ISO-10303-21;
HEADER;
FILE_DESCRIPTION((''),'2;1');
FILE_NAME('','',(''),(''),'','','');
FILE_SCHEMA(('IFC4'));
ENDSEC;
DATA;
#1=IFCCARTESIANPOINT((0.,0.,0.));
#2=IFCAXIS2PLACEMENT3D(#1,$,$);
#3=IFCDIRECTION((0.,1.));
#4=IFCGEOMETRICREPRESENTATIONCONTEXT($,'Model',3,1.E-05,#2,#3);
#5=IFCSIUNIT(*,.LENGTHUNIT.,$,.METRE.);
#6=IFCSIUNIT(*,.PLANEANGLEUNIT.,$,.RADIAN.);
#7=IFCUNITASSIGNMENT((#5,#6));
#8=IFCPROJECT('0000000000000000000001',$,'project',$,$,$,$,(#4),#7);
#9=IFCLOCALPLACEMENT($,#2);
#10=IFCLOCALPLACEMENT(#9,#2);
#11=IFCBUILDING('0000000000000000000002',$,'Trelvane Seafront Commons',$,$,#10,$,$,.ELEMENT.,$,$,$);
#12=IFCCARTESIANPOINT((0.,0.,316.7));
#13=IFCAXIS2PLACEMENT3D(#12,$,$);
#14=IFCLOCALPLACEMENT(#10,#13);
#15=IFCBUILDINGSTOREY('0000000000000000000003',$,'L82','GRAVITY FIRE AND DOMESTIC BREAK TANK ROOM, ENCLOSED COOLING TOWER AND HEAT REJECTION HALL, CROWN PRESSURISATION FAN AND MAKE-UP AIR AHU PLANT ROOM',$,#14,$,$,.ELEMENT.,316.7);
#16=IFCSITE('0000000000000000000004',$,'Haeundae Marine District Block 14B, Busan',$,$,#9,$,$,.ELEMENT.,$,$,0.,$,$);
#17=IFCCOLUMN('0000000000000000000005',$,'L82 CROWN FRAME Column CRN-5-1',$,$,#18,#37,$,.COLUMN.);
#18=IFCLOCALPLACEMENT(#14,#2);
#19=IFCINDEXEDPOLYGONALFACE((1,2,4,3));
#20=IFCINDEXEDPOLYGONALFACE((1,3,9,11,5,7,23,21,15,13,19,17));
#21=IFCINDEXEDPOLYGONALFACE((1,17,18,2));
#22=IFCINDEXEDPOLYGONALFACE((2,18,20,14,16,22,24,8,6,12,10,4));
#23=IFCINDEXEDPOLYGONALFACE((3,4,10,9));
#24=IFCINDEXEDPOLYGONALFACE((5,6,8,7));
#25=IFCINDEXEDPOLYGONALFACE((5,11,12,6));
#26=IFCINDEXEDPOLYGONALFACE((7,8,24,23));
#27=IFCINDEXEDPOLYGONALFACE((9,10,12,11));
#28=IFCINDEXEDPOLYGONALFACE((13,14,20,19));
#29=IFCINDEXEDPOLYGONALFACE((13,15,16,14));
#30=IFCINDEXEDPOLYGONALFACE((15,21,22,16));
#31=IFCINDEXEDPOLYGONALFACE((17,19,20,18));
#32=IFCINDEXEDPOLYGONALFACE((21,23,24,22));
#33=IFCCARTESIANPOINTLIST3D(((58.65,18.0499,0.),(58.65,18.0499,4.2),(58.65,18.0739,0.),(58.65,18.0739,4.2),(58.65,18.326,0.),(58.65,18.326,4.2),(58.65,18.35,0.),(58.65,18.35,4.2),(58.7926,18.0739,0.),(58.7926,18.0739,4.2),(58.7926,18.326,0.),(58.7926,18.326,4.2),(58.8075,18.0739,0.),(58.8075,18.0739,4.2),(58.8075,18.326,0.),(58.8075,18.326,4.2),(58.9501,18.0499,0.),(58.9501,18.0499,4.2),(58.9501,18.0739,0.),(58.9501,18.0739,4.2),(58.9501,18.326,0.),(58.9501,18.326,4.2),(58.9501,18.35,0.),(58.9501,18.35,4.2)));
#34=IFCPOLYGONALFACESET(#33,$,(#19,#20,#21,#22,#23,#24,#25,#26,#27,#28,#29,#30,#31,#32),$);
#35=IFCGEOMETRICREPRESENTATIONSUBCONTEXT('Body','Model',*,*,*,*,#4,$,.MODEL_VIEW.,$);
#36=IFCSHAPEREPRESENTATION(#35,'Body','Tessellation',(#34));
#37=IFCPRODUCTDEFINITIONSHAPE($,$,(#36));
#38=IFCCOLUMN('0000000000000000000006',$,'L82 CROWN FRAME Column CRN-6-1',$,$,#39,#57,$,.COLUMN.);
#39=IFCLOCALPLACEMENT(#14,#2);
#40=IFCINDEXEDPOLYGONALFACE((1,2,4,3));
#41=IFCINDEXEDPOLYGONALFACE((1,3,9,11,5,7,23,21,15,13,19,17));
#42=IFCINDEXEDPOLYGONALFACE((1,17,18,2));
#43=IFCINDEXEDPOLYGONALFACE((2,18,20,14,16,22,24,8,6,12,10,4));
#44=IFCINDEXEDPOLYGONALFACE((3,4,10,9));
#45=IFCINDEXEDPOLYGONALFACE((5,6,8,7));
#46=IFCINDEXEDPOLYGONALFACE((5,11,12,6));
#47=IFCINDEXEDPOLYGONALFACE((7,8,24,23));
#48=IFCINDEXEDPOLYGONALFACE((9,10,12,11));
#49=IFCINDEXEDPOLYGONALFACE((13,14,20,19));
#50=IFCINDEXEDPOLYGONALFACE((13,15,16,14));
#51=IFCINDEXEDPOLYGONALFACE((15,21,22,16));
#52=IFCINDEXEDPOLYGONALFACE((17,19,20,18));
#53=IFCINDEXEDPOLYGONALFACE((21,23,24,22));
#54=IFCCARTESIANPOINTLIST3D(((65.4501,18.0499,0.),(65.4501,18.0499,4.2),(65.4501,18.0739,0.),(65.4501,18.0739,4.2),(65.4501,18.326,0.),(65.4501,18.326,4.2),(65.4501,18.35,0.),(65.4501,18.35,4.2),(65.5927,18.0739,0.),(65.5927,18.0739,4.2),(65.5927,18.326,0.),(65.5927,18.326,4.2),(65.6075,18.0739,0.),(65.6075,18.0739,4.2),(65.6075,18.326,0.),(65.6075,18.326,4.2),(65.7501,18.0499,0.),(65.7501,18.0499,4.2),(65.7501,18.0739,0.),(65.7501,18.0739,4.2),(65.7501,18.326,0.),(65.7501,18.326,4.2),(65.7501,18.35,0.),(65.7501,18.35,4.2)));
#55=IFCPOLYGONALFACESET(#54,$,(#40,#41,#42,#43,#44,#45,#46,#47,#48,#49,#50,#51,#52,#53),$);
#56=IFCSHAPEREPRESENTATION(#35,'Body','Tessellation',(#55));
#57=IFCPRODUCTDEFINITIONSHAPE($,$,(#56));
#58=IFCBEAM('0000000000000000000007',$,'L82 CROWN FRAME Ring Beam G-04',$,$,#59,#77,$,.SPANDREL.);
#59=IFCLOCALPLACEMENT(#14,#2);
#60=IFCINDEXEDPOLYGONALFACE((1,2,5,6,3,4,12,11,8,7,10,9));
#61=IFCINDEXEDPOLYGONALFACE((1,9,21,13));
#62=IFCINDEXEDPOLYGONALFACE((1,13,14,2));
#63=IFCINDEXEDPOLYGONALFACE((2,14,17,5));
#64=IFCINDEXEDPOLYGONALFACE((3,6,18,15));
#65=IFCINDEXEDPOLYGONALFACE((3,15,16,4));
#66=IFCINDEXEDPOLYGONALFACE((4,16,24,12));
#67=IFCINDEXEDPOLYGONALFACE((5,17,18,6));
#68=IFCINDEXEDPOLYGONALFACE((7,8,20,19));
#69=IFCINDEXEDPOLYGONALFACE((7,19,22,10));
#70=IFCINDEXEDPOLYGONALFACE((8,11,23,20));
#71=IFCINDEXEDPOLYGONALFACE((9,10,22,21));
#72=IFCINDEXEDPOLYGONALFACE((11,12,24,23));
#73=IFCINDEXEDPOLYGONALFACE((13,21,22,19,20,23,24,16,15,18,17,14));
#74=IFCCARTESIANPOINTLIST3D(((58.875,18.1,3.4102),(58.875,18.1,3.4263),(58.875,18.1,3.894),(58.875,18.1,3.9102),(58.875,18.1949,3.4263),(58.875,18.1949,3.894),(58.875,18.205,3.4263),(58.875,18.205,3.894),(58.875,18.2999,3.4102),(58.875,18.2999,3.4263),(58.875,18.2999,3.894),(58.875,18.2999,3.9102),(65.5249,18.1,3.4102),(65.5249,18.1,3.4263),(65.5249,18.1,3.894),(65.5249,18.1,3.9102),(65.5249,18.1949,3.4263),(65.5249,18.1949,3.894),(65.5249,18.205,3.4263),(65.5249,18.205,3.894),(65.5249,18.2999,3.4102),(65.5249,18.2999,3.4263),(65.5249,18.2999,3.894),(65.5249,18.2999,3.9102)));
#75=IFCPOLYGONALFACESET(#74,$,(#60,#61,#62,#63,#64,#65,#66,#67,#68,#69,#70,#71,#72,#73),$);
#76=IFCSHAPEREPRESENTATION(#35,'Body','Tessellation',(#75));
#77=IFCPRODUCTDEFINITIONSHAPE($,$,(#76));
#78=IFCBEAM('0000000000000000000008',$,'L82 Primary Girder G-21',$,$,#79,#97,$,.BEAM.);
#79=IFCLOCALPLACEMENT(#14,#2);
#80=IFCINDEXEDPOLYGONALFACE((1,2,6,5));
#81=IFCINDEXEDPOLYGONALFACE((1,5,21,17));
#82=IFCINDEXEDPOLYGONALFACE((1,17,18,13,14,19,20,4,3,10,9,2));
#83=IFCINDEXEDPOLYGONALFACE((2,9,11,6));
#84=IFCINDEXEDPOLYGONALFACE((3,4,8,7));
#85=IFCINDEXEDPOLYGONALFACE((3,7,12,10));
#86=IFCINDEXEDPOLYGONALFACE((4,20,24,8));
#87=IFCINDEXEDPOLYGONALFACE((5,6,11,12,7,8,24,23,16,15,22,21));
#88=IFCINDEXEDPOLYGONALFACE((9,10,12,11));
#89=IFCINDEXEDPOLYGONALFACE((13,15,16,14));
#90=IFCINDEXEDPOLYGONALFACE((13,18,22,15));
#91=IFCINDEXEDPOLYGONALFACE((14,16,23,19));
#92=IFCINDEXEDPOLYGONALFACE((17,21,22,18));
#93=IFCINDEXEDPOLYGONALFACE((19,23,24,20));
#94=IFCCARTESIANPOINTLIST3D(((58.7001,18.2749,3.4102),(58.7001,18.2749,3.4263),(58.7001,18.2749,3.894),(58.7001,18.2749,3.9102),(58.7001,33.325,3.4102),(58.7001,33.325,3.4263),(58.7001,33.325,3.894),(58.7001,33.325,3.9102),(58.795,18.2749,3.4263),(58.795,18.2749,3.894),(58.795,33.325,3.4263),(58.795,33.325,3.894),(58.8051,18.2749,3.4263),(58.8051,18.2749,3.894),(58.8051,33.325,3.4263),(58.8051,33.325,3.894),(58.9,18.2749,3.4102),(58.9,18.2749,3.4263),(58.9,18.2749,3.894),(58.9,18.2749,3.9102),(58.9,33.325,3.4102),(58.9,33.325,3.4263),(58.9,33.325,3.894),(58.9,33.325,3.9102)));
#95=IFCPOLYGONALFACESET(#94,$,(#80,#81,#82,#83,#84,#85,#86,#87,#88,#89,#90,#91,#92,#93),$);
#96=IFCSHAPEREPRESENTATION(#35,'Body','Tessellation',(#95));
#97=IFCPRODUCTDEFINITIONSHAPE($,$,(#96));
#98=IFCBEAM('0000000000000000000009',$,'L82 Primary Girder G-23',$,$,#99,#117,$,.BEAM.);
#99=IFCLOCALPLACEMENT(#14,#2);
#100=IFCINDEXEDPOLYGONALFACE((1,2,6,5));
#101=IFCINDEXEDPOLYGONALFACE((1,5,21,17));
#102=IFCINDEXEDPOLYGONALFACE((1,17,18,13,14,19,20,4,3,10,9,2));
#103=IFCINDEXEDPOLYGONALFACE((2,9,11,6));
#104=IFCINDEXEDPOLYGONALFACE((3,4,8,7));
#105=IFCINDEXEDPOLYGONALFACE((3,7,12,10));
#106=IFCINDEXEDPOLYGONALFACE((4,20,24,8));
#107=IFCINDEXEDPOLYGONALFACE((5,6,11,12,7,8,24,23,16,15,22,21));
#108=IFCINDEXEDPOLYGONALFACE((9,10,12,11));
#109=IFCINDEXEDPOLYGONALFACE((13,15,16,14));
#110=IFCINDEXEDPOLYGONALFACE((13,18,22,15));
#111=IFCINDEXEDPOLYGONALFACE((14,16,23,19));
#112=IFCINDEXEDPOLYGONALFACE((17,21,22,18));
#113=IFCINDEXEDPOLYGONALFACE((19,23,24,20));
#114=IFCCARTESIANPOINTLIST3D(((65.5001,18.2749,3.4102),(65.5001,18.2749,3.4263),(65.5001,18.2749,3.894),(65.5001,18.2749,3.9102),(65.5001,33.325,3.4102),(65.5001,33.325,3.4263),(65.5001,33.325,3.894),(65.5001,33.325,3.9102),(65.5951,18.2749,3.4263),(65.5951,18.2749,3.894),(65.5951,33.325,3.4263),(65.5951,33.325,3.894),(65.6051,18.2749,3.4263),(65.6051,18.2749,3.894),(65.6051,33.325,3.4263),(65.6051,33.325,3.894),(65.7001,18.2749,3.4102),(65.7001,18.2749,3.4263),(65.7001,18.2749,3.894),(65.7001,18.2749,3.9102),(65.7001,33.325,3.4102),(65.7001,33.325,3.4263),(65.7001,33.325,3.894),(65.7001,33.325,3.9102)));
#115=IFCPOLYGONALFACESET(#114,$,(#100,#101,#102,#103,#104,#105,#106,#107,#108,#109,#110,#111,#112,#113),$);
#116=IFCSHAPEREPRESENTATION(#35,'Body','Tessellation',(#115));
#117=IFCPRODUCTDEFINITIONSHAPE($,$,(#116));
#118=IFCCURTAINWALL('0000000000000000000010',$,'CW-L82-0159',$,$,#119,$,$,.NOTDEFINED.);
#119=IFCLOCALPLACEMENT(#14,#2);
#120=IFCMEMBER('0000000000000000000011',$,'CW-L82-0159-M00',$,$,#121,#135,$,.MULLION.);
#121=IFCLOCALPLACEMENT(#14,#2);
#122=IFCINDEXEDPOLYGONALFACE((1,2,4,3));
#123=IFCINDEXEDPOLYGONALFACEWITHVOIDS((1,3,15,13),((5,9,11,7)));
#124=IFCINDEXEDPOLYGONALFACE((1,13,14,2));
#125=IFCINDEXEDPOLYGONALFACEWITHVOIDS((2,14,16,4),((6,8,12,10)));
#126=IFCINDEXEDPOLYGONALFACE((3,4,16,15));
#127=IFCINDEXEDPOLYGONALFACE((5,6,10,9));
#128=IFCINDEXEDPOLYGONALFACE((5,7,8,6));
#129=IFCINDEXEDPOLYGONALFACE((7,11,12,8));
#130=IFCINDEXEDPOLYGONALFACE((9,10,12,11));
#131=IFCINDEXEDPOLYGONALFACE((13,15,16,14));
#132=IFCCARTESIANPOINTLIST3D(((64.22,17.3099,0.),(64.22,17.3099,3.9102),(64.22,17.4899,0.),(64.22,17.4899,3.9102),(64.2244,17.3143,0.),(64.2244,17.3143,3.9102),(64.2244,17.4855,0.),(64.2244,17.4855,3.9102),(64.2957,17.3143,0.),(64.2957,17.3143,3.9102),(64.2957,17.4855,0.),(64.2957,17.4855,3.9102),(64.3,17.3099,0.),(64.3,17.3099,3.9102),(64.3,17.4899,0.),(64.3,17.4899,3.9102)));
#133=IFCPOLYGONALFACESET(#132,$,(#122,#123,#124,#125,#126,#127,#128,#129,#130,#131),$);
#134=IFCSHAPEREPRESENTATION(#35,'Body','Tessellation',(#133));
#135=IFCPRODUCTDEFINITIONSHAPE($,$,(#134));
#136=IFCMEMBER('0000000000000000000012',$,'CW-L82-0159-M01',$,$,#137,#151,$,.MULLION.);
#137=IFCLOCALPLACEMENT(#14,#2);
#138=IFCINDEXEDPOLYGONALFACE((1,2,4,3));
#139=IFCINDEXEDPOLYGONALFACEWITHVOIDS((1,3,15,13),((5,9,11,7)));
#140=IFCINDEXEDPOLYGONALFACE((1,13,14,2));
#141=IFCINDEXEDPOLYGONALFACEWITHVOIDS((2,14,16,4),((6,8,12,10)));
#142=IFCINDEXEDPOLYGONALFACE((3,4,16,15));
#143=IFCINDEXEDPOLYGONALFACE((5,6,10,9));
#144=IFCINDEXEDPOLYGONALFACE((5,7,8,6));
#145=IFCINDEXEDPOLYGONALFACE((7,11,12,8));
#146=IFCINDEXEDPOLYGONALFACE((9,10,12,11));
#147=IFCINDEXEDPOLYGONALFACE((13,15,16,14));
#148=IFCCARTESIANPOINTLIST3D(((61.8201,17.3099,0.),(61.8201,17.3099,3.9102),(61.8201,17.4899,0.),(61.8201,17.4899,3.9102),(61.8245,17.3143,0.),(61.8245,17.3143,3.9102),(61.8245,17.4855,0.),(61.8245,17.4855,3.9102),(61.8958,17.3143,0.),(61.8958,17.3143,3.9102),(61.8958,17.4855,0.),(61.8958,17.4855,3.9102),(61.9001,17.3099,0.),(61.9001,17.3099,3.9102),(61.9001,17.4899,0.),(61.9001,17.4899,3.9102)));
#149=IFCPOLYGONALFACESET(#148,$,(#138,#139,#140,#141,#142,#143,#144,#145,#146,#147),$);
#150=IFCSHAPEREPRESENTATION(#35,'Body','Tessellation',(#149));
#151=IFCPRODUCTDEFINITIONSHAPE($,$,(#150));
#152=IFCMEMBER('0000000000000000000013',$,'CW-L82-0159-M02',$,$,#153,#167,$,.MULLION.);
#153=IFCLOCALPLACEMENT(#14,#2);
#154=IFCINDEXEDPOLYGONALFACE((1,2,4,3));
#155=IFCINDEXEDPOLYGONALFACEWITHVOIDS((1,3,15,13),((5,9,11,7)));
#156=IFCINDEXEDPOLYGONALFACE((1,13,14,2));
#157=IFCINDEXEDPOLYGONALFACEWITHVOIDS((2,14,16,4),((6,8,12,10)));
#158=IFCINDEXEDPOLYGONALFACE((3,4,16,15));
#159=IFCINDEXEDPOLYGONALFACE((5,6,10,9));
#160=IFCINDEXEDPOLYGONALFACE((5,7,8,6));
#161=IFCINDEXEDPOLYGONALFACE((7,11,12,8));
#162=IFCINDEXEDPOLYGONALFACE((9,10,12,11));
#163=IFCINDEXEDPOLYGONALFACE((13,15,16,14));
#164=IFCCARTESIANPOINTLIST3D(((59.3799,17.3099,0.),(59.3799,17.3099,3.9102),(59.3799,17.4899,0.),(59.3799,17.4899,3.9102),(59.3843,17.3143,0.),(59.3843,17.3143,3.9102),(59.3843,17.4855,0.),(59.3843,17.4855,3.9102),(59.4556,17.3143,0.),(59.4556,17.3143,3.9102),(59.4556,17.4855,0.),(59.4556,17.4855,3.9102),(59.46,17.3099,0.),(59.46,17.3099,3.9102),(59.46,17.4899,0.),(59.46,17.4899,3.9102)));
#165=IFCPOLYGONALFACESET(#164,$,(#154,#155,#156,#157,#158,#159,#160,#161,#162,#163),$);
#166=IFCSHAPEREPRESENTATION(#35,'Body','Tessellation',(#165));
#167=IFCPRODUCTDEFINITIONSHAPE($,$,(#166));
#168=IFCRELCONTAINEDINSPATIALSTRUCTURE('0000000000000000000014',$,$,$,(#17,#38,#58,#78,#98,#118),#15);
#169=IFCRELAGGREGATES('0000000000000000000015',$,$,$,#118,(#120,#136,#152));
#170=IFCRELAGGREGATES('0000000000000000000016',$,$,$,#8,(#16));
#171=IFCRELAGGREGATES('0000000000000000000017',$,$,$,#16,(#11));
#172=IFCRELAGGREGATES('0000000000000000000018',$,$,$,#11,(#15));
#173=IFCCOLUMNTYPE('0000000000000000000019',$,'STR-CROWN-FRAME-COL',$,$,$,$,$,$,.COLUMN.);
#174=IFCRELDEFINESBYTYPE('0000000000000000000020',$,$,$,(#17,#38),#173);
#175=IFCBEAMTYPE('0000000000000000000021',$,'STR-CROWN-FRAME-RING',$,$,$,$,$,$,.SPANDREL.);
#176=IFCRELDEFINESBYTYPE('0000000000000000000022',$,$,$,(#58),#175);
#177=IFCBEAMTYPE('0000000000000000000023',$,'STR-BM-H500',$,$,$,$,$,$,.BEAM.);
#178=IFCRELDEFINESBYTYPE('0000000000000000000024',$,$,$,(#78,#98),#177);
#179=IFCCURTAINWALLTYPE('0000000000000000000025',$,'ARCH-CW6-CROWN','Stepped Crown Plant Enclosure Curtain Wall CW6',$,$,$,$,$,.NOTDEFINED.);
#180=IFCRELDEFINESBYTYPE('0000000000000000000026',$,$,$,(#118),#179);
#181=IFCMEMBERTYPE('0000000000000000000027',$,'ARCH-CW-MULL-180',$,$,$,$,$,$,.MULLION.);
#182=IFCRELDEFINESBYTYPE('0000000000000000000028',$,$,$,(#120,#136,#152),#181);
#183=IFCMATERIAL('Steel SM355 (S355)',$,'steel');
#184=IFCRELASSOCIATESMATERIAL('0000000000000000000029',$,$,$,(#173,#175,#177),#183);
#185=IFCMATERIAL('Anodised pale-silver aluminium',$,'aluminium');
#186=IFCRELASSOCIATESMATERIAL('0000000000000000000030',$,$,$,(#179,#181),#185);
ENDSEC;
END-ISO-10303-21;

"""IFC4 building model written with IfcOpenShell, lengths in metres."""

from ifc_helpers import new_model, si_unit, direction, frame, origin, origin_2d, place, context, subcontext, project, spatial, hollow_rectangle, i_section, extrude, source, transform, mapped, material, material_profile, profile_set, type_object, element, aggregate, save


model = new_model("IFC4")

# Units and contexts
model_context = context("Model", 3, precision=1e-05, world=origin(), true_north=direction((0.0, 1.0)))
body_context = subcontext(model_context, "Body", "Model", "MODEL_VIEW")
ifc_project = project(units=[si_unit("LENGTHUNIT", "METRE"), si_unit("PLANEANGLEUNIT", "RADIAN")], contexts=[model_context])

# Site, building, storey
site_placement = place(None, origin())
site = spatial("IfcSite", under=ifc_project, at=site_placement, Name="Haeundae Marine District Block 14B, Busan", CompositionType="ELEMENT", RefElevation=0.0)
building_placement = place(site_placement, origin())
building = spatial("IfcBuilding", under=site, at=building_placement, Name="Trelvane Seafront Commons", CompositionType="ELEMENT")
storey_placement = place(building_placement, frame((0.0, 0.0, 316.7)))
storey = spatial("IfcBuildingStorey", under=building, at=storey_placement, Name="L82", Description="GRAVITY FIRE AND DOMESTIC BREAK TANK ROOM, ENCLOSED COOLING TOWER AND HEAT REJECTION HALL, CROWN PRESSURISATION FAN AND MAKE-UP AIR AHU PLANT ROOM", CompositionType="ELEMENT", Elevation=316.7)

# Columns
ifc_material_1 = material(Name="Steel SM355 (S355)", Category="steel")
ifc_material_profile_1 = material_profile(ifc_material_1, i_section(OverallWidth=0.3, OverallDepth=0.3, WebThickness=0.0149, FlangeThickness=0.0239, at=origin_2d()), Name="HD-300x300x15x24")
ifc_profile_set_1 = profile_set([ifc_material_profile_1], Name="Steel SM355 (S355)")
column_type = type_object("IfcColumnType", Name="STR-CROWN-FRAME-COL", PredefinedType="COLUMN", material=ifc_profile_set_1)
shared_shape_1 = source(origin(), body_context, "Body", "SweptSolid", [
    extrude(i_section(OverallWidth=0.3, OverallDepth=0.3, WebThickness=0.0149, FlangeThickness=0.0239, at=origin_2d()), origin(), (0.0, 0.0, 1.0), 4.2),
])
for number, where, z_axis, x_axis, name in (
    (1, (58.8, 18.2, 0.0), (0.0, 0.0, 1.0), (1.0, 0.0, 0.0), "L82 CROWN FRAME Column CRN-5-1"),
    (2, (65.6001, 18.2, 0.0), (0.0, 0.0, 1.0), (1.0, 0.0, 0.0), "L82 CROWN FRAME Column CRN-6-1"),
):
    element("IfcColumn", number, at=place(storey_placement, frame(where, z_axis=z_axis, x_axis=x_axis)), inside=storey, type_object=column_type, Name=name, PredefinedType="COLUMN", context=body_context, shape_type="MappedRepresentation", body=[
        mapped(shared_shape_1, transform((0.0, 0.0, 0.0), x_axis=(1.0, 0.0, 0.0), y_axis=(0.0, 1.0, 0.0), z_axis=(0.0, 0.0, 1.0), scale=1.0)),
    ])

# Beams
ifc_material_profile_2 = material_profile(ifc_material_1, i_section(OverallWidth=0.2, OverallDepth=0.5, WebThickness=0.01, FlangeThickness=0.0161, at=origin_2d()), Name="H-500x200x10x16")
ifc_profile_set_2 = profile_set([ifc_material_profile_2], Name="Steel SM355 (S355)")
beam_type_1 = type_object("IfcBeamType", Name="STR-CROWN-FRAME-RING", PredefinedType="SPANDREL", material=ifc_profile_set_2)
shared_shape_2 = source(origin(), body_context, "Body", "SweptSolid", [
    extrude(i_section(OverallWidth=0.2, OverallDepth=0.5, WebThickness=0.01, FlangeThickness=0.0161, at=origin_2d()), origin(), (0.0, 0.0, 1.0), 6.6499),
])
beam_placement = place(storey_placement, frame((58.875, 18.2, 3.6602), z_axis=(1.0, 0.0, 0.0), x_axis=(0.0, 1.0, 0.0)))
element("IfcBeam", 3, at=beam_placement, inside=storey, type_object=beam_type_1, Name="L82 CROWN FRAME Ring Beam G-04", PredefinedType="SPANDREL", context=body_context, shape_type="MappedRepresentation", body=[
    mapped(shared_shape_2, transform((0.0, 0.0, 0.0), x_axis=(1.0, 0.0, 0.0), y_axis=(0.0, 1.0, 0.0), z_axis=(0.0, 0.0, 1.0), scale=1.0)),
])
ifc_material_profile_3 = material_profile(ifc_material_1, i_section(OverallWidth=0.2, OverallDepth=0.5, WebThickness=0.01, FlangeThickness=0.0161, at=origin_2d()), Name="H-500x200x10x16")
ifc_profile_set_3 = profile_set([ifc_material_profile_3], Name="Steel SM355 (S355)")
beam_type_2 = type_object("IfcBeamType", Name="STR-BM-H500", PredefinedType="BEAM", material=ifc_profile_set_3)
shared_shape_3 = source(origin(), body_context, "Body", "SweptSolid", [
    extrude(i_section(OverallWidth=0.2, OverallDepth=0.5, WebThickness=0.01, FlangeThickness=0.0161, at=origin_2d()), origin(), (0.0, 0.0, 1.0), 15.05),
])
for number, where, z_axis, x_axis, name in (
    (4, (58.8, 18.2749, 3.6602), (0.0, 1.0, 0.0), (-1.0, 0.0, 0.0), "L82 Primary Girder G-21"),
    (5, (65.6001, 18.2749, 3.6602), (0.0, 1.0, 0.0), (-1.0, 0.0, 0.0), "L82 Primary Girder G-23"),
):
    element("IfcBeam", number, at=place(storey_placement, frame(where, z_axis=z_axis, x_axis=x_axis)), inside=storey, type_object=beam_type_2, Name=name, PredefinedType="BEAM", context=body_context, shape_type="MappedRepresentation", body=[
        mapped(shared_shape_3, transform((0.0, 0.0, 0.0), x_axis=(1.0, 0.0, 0.0), y_axis=(0.0, 1.0, 0.0), z_axis=(0.0, 0.0, 1.0), scale=1.0)),
    ])

# Curtain wall, members
ifc_material_2 = material(Name="Anodised pale-silver aluminium", Category="aluminium")
curtain_wall_type = type_object("IfcCurtainWallType", Name="ARCH-CW6-CROWN", Description="Stepped Crown Plant Enclosure Curtain Wall CW6", PredefinedType="NOTDEFINED", material=ifc_material_2)
curtain_wall_placement = place(storey_placement, origin())
curtain_wall = element("IfcCurtainWall", 6, at=curtain_wall_placement, inside=storey, type_object=curtain_wall_type, Name="CW-L82-0159", PredefinedType="NOTDEFINED")
ifc_material_profile_4 = material_profile(ifc_material_2, hollow_rectangle(XDim=0.0801, YDim=0.1799, WallThickness=0.0044, at=origin_2d()), Name="MULL-80x180x4.5")
ifc_profile_set_4 = profile_set([ifc_material_profile_4], Name="Anodised pale-silver aluminium")
member_type_1 = type_object("IfcMemberType", Name="ARCH-CW-MULL-180", PredefinedType="MULLION", material=ifc_profile_set_4)
shared_shape_4 = source(origin(), body_context, "Body", "SweptSolid", [
    extrude(hollow_rectangle(XDim=0.0801, YDim=0.1799, WallThickness=0.0044, at=origin_2d()), origin(), (0.0, 0.0, 1.0), 3.9102),
])
member_1_placement = place(storey_placement, frame((64.26, 17.3999, 0.0), z_axis=(0.0, 0.0, 1.0), x_axis=(1.0, 0.0, 0.0)))
member_1 = element("IfcMember", 7, at=member_1_placement, type_object=member_type_1, Name="CW-L82-0159-M00", PredefinedType="MULLION", context=body_context, shape_type="MappedRepresentation", body=[
    mapped(shared_shape_4, transform((0.0, 0.0, 0.0), x_axis=(1.0, 0.0, 0.0), y_axis=(0.0, 1.0, 0.0), z_axis=(0.0, 0.0, 1.0), scale=1.0)),
])
member_2_placement = place(storey_placement, frame((61.8601, 17.3999, 0.0), z_axis=(0.0, 0.0, 1.0), x_axis=(1.0, 0.0, 0.0)))
member_2 = element("IfcMember", 8, at=member_2_placement, type_object=member_type_1, Name="CW-L82-0159-M01", PredefinedType="MULLION", context=body_context, shape_type="MappedRepresentation", body=[
    mapped(shared_shape_4, transform((0.0, 0.0, 0.0), x_axis=(1.0, 0.0, 0.0), y_axis=(0.0, 1.0, 0.0), z_axis=(0.0, 0.0, 1.0), scale=1.0)),
])
member_3_placement = place(storey_placement, frame((59.4199, 17.3999, 0.0), z_axis=(0.0, 0.0, 1.0), x_axis=(1.0, 0.0, 0.0)))
member_3 = element("IfcMember", 9, at=member_3_placement, type_object=member_type_1, Name="CW-L82-0159-M02", PredefinedType="MULLION", context=body_context, shape_type="MappedRepresentation", body=[
    mapped(shared_shape_4, transform((0.0, 0.0, 0.0), x_axis=(1.0, 0.0, 0.0), y_axis=(0.0, 1.0, 0.0), z_axis=(0.0, 0.0, 1.0), scale=1.0)),
])
aggregate(curtain_wall, [member_1, member_2, member_3])

save(model, "model.ifc")
